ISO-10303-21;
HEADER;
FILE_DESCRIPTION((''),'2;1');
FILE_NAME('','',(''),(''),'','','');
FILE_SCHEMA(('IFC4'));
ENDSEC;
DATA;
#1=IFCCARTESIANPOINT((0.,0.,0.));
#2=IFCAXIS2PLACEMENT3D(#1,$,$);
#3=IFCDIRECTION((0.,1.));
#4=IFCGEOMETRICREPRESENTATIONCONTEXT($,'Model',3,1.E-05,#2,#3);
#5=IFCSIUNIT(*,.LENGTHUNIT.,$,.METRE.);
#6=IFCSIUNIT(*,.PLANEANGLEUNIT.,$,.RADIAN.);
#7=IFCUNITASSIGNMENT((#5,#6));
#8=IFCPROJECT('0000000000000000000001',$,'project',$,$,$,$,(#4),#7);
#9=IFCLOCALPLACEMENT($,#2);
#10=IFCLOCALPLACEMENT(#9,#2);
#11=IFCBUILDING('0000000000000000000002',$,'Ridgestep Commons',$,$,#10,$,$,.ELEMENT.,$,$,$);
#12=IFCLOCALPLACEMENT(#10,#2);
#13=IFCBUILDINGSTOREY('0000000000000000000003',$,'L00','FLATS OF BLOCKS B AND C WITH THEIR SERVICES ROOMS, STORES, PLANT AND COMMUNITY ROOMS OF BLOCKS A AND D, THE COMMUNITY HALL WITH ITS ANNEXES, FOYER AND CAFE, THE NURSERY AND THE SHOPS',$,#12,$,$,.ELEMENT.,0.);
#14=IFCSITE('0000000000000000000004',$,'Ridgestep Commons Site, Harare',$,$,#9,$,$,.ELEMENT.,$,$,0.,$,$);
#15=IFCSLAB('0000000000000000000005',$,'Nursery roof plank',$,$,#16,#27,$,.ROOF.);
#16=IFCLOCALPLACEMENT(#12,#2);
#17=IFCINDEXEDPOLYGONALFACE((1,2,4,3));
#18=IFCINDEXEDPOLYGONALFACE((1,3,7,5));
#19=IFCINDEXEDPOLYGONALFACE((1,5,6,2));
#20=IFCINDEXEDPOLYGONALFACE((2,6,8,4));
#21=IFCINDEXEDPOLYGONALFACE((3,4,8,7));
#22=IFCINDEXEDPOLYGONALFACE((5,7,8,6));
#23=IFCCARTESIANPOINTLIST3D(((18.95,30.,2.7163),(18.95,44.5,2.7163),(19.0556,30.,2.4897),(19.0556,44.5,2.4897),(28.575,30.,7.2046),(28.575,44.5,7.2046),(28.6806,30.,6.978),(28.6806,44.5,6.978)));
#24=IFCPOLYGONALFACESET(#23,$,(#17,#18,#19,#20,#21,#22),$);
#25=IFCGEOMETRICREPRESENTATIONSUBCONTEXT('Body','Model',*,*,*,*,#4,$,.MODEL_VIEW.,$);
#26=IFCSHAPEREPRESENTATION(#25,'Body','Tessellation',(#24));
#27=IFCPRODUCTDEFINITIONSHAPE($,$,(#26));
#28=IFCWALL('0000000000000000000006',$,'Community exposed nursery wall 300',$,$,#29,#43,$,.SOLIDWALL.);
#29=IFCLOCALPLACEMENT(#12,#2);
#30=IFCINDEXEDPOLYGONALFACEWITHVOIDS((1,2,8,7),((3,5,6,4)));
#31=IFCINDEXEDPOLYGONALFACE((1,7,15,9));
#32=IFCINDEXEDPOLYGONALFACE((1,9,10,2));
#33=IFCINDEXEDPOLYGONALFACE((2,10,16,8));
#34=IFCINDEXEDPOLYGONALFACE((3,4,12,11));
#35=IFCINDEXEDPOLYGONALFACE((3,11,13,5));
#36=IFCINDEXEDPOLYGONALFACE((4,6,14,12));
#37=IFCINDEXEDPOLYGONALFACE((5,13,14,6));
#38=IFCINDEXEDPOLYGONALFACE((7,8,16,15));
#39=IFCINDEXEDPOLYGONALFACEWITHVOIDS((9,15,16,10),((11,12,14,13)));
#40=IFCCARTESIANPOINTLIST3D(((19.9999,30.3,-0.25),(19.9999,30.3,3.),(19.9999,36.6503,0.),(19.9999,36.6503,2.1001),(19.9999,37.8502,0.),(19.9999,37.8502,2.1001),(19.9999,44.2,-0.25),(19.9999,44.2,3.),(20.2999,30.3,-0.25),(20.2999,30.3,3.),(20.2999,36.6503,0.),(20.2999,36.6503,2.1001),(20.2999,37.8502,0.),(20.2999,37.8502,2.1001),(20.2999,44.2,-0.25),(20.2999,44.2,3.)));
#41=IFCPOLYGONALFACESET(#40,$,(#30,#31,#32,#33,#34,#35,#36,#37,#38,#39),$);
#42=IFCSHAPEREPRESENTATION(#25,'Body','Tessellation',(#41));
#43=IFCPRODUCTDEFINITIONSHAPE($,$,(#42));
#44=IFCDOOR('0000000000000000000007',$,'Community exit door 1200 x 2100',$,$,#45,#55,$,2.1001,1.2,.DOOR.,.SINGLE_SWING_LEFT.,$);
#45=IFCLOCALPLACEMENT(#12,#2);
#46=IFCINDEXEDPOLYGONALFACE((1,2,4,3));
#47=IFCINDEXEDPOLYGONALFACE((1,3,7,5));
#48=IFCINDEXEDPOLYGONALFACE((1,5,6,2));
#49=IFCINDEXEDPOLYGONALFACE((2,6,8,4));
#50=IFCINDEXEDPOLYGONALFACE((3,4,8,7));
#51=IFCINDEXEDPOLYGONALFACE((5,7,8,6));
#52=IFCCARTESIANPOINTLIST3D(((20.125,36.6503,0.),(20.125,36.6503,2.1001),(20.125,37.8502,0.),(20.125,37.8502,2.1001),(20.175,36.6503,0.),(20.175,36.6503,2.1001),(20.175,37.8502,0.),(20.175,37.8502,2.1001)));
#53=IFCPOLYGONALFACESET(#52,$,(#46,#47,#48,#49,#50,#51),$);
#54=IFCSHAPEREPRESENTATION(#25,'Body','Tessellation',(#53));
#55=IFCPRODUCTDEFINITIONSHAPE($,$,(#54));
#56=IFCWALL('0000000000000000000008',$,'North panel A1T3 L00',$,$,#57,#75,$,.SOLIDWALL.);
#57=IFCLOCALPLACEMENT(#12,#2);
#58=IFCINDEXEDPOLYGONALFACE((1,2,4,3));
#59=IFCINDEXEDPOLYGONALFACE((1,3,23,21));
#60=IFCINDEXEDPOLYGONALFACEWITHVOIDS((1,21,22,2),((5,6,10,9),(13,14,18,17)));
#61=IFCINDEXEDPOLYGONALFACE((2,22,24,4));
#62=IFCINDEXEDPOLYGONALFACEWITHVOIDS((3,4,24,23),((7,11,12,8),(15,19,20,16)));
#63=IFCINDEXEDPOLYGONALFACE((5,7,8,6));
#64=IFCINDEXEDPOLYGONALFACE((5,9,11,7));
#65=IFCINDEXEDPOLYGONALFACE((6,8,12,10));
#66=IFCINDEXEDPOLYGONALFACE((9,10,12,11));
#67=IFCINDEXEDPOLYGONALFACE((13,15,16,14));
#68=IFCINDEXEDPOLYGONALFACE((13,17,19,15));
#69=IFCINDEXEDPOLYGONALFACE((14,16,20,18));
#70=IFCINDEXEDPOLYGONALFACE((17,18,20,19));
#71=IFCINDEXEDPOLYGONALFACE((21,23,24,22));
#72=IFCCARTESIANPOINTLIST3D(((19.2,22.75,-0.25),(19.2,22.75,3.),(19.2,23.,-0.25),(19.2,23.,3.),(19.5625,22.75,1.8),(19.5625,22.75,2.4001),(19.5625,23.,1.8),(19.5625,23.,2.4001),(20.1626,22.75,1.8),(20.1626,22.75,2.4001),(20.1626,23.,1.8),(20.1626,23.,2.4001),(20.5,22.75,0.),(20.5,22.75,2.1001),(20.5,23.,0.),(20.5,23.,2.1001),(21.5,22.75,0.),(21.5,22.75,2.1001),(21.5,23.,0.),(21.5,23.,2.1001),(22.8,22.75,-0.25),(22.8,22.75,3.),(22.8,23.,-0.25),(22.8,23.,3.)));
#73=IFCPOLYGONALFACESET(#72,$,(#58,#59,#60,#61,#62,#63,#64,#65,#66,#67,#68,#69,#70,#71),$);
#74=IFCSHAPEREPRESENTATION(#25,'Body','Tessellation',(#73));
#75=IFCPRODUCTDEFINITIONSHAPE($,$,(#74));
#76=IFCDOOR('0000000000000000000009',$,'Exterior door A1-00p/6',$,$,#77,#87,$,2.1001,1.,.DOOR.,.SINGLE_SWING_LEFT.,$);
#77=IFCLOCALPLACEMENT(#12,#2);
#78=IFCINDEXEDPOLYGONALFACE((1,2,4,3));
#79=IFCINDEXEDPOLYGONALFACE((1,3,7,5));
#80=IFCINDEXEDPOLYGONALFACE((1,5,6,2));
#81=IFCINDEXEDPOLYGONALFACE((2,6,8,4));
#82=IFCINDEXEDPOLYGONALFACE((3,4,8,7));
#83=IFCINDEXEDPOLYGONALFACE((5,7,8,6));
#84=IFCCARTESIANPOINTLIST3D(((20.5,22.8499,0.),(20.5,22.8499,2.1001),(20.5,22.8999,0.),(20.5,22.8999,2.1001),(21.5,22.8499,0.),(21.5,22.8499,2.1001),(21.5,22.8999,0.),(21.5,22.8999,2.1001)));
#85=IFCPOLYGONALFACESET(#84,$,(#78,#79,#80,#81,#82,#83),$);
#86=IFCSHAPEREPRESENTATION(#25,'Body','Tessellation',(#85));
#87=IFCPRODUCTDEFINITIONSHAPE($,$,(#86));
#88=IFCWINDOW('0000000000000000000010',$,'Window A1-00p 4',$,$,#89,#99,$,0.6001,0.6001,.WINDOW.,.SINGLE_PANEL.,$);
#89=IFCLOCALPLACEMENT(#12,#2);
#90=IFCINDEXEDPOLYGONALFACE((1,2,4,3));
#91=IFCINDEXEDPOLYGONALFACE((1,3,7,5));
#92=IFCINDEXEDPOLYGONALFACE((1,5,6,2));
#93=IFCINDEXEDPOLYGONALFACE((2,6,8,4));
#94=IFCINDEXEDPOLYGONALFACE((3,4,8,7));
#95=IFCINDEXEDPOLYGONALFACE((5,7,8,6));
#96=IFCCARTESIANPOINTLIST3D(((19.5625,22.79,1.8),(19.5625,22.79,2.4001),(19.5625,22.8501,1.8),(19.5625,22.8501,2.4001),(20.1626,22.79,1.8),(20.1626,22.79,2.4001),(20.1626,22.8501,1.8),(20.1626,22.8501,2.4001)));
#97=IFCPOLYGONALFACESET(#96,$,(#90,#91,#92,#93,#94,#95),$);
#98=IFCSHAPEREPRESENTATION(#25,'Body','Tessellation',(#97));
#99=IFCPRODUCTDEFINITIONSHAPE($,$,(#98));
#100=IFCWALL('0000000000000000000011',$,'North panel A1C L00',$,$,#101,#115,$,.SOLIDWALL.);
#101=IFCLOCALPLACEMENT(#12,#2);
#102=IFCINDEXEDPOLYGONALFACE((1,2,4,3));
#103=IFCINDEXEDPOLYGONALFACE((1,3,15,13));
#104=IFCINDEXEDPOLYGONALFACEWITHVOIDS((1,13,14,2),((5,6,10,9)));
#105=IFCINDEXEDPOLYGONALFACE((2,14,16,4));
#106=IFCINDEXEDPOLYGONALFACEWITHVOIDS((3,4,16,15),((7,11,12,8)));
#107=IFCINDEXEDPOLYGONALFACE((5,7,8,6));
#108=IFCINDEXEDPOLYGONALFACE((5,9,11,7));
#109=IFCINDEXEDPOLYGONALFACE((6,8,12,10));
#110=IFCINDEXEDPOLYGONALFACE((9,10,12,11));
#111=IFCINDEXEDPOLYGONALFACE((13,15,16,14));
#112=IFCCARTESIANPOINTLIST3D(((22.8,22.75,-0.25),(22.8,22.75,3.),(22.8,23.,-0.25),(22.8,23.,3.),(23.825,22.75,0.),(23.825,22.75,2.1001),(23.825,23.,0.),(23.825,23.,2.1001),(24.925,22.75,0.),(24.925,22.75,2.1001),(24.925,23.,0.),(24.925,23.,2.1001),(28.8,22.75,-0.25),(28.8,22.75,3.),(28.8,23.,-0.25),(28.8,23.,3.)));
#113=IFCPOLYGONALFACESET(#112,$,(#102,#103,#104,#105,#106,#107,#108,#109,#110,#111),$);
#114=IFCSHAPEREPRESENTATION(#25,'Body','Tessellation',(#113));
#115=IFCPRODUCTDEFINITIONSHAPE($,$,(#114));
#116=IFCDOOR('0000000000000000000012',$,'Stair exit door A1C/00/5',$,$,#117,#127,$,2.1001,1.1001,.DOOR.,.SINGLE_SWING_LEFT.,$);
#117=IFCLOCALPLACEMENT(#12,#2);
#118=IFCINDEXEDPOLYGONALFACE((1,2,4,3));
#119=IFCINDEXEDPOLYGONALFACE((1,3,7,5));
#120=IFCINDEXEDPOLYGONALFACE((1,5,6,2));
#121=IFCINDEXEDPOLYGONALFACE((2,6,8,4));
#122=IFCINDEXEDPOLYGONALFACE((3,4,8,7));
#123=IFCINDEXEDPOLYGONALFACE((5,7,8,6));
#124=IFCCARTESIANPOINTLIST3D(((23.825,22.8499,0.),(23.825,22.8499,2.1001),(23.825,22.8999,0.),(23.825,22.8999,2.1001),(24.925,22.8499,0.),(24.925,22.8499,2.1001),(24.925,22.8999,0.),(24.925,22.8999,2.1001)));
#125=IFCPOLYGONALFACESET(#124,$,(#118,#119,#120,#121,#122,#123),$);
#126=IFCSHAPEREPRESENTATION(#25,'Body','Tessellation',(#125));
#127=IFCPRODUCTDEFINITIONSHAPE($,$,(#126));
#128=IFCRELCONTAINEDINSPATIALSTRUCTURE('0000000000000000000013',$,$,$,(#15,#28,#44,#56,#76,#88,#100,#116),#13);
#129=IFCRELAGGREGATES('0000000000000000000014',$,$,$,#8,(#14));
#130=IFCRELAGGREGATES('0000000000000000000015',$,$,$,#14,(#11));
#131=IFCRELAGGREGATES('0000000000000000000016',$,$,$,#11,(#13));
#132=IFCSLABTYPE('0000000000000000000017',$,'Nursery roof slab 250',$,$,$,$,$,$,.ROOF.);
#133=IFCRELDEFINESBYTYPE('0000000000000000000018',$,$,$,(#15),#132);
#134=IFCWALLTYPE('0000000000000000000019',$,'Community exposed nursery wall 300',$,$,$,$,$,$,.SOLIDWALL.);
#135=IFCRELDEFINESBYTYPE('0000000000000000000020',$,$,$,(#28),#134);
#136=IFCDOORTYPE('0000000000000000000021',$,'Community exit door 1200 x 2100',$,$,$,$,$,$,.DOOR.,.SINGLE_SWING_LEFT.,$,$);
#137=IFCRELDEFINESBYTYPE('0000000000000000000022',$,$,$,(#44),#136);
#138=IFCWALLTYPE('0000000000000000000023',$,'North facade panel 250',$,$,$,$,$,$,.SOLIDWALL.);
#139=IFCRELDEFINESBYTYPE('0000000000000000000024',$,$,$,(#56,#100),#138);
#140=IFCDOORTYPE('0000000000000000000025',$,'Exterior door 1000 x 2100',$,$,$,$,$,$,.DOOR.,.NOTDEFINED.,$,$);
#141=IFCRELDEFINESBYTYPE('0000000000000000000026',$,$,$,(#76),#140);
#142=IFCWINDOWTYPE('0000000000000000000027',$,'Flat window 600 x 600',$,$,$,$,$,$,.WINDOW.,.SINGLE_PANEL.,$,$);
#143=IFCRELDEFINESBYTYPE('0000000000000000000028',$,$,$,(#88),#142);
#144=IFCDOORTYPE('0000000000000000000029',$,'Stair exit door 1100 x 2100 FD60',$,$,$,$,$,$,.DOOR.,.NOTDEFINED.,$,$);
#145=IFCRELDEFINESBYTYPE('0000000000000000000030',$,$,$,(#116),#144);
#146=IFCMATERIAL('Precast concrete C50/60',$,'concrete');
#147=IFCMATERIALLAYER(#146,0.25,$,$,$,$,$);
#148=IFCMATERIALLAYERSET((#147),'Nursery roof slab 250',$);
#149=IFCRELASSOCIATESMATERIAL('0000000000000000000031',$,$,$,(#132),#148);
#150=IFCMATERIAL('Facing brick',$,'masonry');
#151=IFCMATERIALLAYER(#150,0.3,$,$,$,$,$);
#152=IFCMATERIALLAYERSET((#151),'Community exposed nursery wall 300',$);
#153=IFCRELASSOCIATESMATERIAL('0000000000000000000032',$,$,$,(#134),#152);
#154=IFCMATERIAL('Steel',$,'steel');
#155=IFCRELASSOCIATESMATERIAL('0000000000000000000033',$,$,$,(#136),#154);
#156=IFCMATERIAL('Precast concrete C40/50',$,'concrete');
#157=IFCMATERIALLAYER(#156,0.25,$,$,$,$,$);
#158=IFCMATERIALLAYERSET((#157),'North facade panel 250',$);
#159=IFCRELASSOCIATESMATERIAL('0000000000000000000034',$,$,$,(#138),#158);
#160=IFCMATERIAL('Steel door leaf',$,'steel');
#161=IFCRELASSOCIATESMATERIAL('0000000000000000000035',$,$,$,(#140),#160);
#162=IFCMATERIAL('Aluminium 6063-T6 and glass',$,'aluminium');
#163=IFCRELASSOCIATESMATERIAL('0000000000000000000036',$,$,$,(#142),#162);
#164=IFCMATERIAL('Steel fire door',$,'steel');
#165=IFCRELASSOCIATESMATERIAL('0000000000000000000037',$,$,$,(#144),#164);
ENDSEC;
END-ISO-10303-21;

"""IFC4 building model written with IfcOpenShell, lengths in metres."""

from ifc_helpers import new_model, si_unit, direction, frame, frame_2d, origin, place, context, subcontext, project, spatial, polyline, rectangle, outline, extrude, material, layer, layer_set, type_object, element, fill, save


model = new_model("IFC4")

# Units and contexts
model_context = context("Model", 3, precision=1e-05, world=origin(), true_north=direction((0.0, 1.0)))
body_context = subcontext(model_context, "Body", "Model", "MODEL_VIEW")
ifc_project = project(units=[si_unit("LENGTHUNIT", "METRE"), si_unit("PLANEANGLEUNIT", "RADIAN")], contexts=[model_context])

# Site, building, storey
site_placement = place(None, origin())
site = spatial("IfcSite", under=ifc_project, at=site_placement, Name="Ridgestep Commons Site, Harare", CompositionType="ELEMENT", RefElevation=0.0)
building_placement = place(site_placement, origin())
building = spatial("IfcBuilding", under=site, at=building_placement, Name="Ridgestep Commons", CompositionType="ELEMENT")
storey_placement = place(building_placement, origin())
storey = spatial("IfcBuildingStorey", under=building, at=storey_placement, Name="L00", Description="FLATS OF BLOCKS B AND C WITH THEIR SERVICES ROOMS, STORES, PLANT AND COMMUNITY ROOMS OF BLOCKS A AND D, THE COMMUNITY HALL WITH ITS ANNEXES, FOYER AND CAFE, THE NURSERY AND THE SHOPS", CompositionType="ELEMENT", Elevation=0.0)

# Slab
ifc_material_1 = material(Name="Precast concrete C50/60", Category="concrete")
ifc_layer_1 = layer(ifc_material_1, 0.25)
ifc_layer_set_1 = layer_set([ifc_layer_1], Name="Nursery roof slab 250")
slab_type = type_object("IfcSlabType", Name="Nursery roof slab 250", PredefinedType="ROOF", material=ifc_layer_set_1)
slab_placement = place(storey_placement, frame((18.95, 30.0, 2.7163), z_axis=(-0.422624, 0.0, 0.906305), x_axis=(0.906305, 0.0, 0.422624)))
element("IfcSlab", 1, at=slab_placement, inside=storey, type_object=slab_type, Name="Nursery roof plank", PredefinedType="ROOF", context=body_context, shape_type="SweptSolid", body=[
    extrude(outline(polyline([(0.0, 0.0), (10.62, 0.0), (10.62, 14.5), (0.0, 14.5), (0.0, 0.0)])), origin(), (0.0, 0.0, -1.0), 0.25),
])

# Wall, opening, door
ifc_material_2 = material(Name="Facing brick", Category="masonry")
ifc_layer_2 = layer(ifc_material_2, 0.3)
ifc_layer_set_2 = layer_set([ifc_layer_2], Name="Community exposed nursery wall 300")
wall_type_1 = type_object("IfcWallType", Name="Community exposed nursery wall 300", PredefinedType="SOLIDWALL", material=ifc_layer_set_2)
wall_1_placement = place(storey_placement, frame((20.1499, 30.3, -0.25), z_axis=(0.0, 0.0, 1.0), x_axis=(0.0, 1.0, 0.0)))
wall_1 = element("IfcWall", 2, at=wall_1_placement, inside=storey, type_object=wall_type_1, Name="Community exposed nursery wall 300", PredefinedType="SOLIDWALL", context=body_context, shape_type="SweptSolid", body=[
    extrude(rectangle(XDim=13.8999, YDim=0.3, at=frame_2d((6.95, 0.0))), origin(), (0.0, 0.0, 1.0), 3.25),
])
opening_1_placement = place(wall_1_placement, frame((6.3501, 0.0, 0.25)))
opening_1 = element("IfcOpeningElement", 3, at=opening_1_placement, cuts=wall_1, PredefinedType="OPENING", context=body_context, shape_type="SweptSolid", body=[
    extrude(rectangle(XDim=1.2, YDim=2.1001, at=frame_2d((0.6001, 1.05))), frame((0.0, 0.1599, 0.0), z_axis=(0.0, -1.0, 0.0), x_axis=(1.0, 0.0, 0.0)), (0.0, 0.0, 1.0), 0.3201),
])
ifc_material_3 = material(Name="Steel", Category="steel")
door_type_1 = type_object("IfcDoorType", Name="Community exit door 1200 x 2100", OperationType="SINGLE_SWING_LEFT", PredefinedType="DOOR", material=ifc_material_3)
door_1_placement = place(opening_1_placement, origin())
door_1 = element("IfcDoor", 4, at=door_1_placement, inside=storey, type_object=door_type_1, Name="Community exit door 1200 x 2100", OperationType="SINGLE_SWING_LEFT", OverallHeight=2.1001, OverallWidth=1.2, PredefinedType="DOOR", context=body_context, shape_type="SweptSolid", body=[
    extrude(rectangle(XDim=1.2, YDim=2.1001, at=frame_2d((0.6001, 1.05))), frame((0.0, 0.0249, 0.0), z_axis=(0.0, -1.0, 0.0), x_axis=(1.0, 0.0, 0.0)), (0.0, 0.0, 1.0), 0.05),
])
fill(opening_1, door_1)

# Wall, openings, door, window
ifc_material_4 = material(Name="Precast concrete C40/50", Category="concrete")
ifc_layer_3 = layer(ifc_material_4, 0.25)
ifc_layer_set_3 = layer_set([ifc_layer_3], Name="North facade panel 250")
wall_type_2 = type_object("IfcWallType", Name="North facade panel 250", PredefinedType="SOLIDWALL", material=ifc_layer_set_3)
wall_2_placement = place(storey_placement, frame((19.2, 22.875, -0.25), z_axis=(0.0, 0.0, 1.0), x_axis=(1.0, 0.0, 0.0)))
wall_2 = element("IfcWall", 5, at=wall_2_placement, inside=storey, type_object=wall_type_2, Name="North panel A1T3 L00", PredefinedType="SOLIDWALL", context=body_context, shape_type="SweptSolid", body=[
    extrude(rectangle(XDim=3.6001, YDim=0.25, at=frame_2d((1.8, 0.0))), origin(), (0.0, 0.0, 1.0), 3.25),
])
opening_2_placement = place(wall_2_placement, frame((0.3625, 0.0, 2.05)))
opening_2 = element("IfcOpeningElement", 6, at=opening_2_placement, cuts=wall_2, PredefinedType="OPENING", context=body_context, shape_type="SweptSolid", body=[
    extrude(rectangle(XDim=0.6001, YDim=0.6001, at=frame_2d((0.3, 0.3))), frame((0.0, 0.135, 0.0), z_axis=(0.0, -1.0, 0.0), x_axis=(1.0, 0.0, 0.0)), (0.0, 0.0, 1.0), 0.27),
])
opening_3_placement = place(wall_2_placement, frame((1.3, 0.0, 0.25)))
opening_3 = element("IfcOpeningElement", 7, at=opening_3_placement, cuts=wall_2, PredefinedType="OPENING", context=body_context, shape_type="SweptSolid", body=[
    extrude(rectangle(XDim=1.0, YDim=2.1001, at=frame_2d((0.5, 1.05))), frame((0.0, 0.135, 0.0), z_axis=(0.0, -1.0, 0.0), x_axis=(1.0, 0.0, 0.0)), (0.0, 0.0, 1.0), 0.27),
])
ifc_material_5 = material(Name="Steel door leaf", Category="steel")
door_type_2 = type_object("IfcDoorType", Name="Exterior door 1000 x 2100", OperationType="NOTDEFINED", PredefinedType="DOOR", material=ifc_material_5)
door_2_placement = place(opening_3_placement, origin())
door_2 = element("IfcDoor", 8, at=door_2_placement, inside=storey, type_object=door_type_2, Name="Exterior door A1-00p/6", OperationType="SINGLE_SWING_LEFT", OverallHeight=2.1001, OverallWidth=1.0, PredefinedType="DOOR", context=body_context, shape_type="SweptSolid", body=[
    extrude(rectangle(XDim=1.0, YDim=2.1001, at=frame_2d((0.5, 1.05))), frame((0.0, 0.0249, 0.0), z_axis=(0.0, -1.0, 0.0), x_axis=(1.0, 0.0, 0.0)), (0.0, 0.0, 1.0), 0.05),
])
fill(opening_3, door_2)
ifc_material_6 = material(Name="Aluminium 6063-T6 and glass", Category="aluminium")
window_type_1 = type_object("IfcWindowType", Name="Flat window 600 x 600", PartitioningType="SINGLE_PANEL", PredefinedType="WINDOW", material=ifc_material_6)
window_1_placement = place(opening_2_placement, origin())
window_1 = element("IfcWindow", 9, at=window_1_placement, inside=storey, type_object=window_type_1, Name="Window A1-00p 4", OverallHeight=0.6001, OverallWidth=0.6001, PartitioningType="SINGLE_PANEL", PredefinedType="WINDOW", context=body_context, shape_type="SweptSolid", body=[
    extrude(rectangle(XDim=0.6001, YDim=0.6001, at=frame_2d((0.3, 0.3))), frame((0.0, -0.0249, 0.0), z_axis=(0.0, -1.0, 0.0), x_axis=(1.0, 0.0, 0.0)), (0.0, 0.0, 1.0), 0.0601),
])
fill(opening_2, window_1)

# Wall, opening, door
wall_3_placement = place(storey_placement, frame((22.8, 22.875, -0.25), z_axis=(0.0, 0.0, 1.0), x_axis=(1.0, 0.0, 0.0)))
wall_3 = element("IfcWall", 10, at=wall_3_placement, inside=storey, type_object=wall_type_2, Name="North panel A1C L00", PredefinedType="SOLIDWALL", context=body_context, shape_type="SweptSolid", body=[
    extrude(rectangle(XDim=6.0, YDim=0.25, at=frame_2d((3.0, 0.0))), origin(), (0.0, 0.0, 1.0), 3.25),
])
opening_4_placement = place(wall_3_placement, frame((1.0249, 0.0, 0.25)))
opening_4 = element("IfcOpeningElement", 11, at=opening_4_placement, cuts=wall_3, PredefinedType="OPENING", context=body_context, shape_type="SweptSolid", body=[
    extrude(rectangle(XDim=1.1001, YDim=2.1001, at=frame_2d((0.55, 1.05))), frame((0.0, 0.135, 0.0), z_axis=(0.0, -1.0, 0.0), x_axis=(1.0, 0.0, 0.0)), (0.0, 0.0, 1.0), 0.27),
])
ifc_material_7 = material(Name="Steel fire door", Category="steel")
door_type_3 = type_object("IfcDoorType", Name="Stair exit door 1100 x 2100 FD60", OperationType="NOTDEFINED", PredefinedType="DOOR", material=ifc_material_7)
door_3_placement = place(opening_4_placement, origin())
door_3 = element("IfcDoor", 12, at=door_3_placement, inside=storey, type_object=door_type_3, Name="Stair exit door A1C/00/5", OperationType="SINGLE_SWING_LEFT", OverallHeight=2.1001, OverallWidth=1.1001, PredefinedType="DOOR", context=body_context, shape_type="SweptSolid", body=[
    extrude(rectangle(XDim=1.1001, YDim=2.1001, at=frame_2d((0.55, 1.05))), frame((0.0, 0.0249, 0.0), z_axis=(0.0, -1.0, 0.0), x_axis=(1.0, 0.0, 0.0)), (0.0, 0.0, 1.0), 0.05),
])
fill(opening_4, door_3)

save(model, "model.ifc")
